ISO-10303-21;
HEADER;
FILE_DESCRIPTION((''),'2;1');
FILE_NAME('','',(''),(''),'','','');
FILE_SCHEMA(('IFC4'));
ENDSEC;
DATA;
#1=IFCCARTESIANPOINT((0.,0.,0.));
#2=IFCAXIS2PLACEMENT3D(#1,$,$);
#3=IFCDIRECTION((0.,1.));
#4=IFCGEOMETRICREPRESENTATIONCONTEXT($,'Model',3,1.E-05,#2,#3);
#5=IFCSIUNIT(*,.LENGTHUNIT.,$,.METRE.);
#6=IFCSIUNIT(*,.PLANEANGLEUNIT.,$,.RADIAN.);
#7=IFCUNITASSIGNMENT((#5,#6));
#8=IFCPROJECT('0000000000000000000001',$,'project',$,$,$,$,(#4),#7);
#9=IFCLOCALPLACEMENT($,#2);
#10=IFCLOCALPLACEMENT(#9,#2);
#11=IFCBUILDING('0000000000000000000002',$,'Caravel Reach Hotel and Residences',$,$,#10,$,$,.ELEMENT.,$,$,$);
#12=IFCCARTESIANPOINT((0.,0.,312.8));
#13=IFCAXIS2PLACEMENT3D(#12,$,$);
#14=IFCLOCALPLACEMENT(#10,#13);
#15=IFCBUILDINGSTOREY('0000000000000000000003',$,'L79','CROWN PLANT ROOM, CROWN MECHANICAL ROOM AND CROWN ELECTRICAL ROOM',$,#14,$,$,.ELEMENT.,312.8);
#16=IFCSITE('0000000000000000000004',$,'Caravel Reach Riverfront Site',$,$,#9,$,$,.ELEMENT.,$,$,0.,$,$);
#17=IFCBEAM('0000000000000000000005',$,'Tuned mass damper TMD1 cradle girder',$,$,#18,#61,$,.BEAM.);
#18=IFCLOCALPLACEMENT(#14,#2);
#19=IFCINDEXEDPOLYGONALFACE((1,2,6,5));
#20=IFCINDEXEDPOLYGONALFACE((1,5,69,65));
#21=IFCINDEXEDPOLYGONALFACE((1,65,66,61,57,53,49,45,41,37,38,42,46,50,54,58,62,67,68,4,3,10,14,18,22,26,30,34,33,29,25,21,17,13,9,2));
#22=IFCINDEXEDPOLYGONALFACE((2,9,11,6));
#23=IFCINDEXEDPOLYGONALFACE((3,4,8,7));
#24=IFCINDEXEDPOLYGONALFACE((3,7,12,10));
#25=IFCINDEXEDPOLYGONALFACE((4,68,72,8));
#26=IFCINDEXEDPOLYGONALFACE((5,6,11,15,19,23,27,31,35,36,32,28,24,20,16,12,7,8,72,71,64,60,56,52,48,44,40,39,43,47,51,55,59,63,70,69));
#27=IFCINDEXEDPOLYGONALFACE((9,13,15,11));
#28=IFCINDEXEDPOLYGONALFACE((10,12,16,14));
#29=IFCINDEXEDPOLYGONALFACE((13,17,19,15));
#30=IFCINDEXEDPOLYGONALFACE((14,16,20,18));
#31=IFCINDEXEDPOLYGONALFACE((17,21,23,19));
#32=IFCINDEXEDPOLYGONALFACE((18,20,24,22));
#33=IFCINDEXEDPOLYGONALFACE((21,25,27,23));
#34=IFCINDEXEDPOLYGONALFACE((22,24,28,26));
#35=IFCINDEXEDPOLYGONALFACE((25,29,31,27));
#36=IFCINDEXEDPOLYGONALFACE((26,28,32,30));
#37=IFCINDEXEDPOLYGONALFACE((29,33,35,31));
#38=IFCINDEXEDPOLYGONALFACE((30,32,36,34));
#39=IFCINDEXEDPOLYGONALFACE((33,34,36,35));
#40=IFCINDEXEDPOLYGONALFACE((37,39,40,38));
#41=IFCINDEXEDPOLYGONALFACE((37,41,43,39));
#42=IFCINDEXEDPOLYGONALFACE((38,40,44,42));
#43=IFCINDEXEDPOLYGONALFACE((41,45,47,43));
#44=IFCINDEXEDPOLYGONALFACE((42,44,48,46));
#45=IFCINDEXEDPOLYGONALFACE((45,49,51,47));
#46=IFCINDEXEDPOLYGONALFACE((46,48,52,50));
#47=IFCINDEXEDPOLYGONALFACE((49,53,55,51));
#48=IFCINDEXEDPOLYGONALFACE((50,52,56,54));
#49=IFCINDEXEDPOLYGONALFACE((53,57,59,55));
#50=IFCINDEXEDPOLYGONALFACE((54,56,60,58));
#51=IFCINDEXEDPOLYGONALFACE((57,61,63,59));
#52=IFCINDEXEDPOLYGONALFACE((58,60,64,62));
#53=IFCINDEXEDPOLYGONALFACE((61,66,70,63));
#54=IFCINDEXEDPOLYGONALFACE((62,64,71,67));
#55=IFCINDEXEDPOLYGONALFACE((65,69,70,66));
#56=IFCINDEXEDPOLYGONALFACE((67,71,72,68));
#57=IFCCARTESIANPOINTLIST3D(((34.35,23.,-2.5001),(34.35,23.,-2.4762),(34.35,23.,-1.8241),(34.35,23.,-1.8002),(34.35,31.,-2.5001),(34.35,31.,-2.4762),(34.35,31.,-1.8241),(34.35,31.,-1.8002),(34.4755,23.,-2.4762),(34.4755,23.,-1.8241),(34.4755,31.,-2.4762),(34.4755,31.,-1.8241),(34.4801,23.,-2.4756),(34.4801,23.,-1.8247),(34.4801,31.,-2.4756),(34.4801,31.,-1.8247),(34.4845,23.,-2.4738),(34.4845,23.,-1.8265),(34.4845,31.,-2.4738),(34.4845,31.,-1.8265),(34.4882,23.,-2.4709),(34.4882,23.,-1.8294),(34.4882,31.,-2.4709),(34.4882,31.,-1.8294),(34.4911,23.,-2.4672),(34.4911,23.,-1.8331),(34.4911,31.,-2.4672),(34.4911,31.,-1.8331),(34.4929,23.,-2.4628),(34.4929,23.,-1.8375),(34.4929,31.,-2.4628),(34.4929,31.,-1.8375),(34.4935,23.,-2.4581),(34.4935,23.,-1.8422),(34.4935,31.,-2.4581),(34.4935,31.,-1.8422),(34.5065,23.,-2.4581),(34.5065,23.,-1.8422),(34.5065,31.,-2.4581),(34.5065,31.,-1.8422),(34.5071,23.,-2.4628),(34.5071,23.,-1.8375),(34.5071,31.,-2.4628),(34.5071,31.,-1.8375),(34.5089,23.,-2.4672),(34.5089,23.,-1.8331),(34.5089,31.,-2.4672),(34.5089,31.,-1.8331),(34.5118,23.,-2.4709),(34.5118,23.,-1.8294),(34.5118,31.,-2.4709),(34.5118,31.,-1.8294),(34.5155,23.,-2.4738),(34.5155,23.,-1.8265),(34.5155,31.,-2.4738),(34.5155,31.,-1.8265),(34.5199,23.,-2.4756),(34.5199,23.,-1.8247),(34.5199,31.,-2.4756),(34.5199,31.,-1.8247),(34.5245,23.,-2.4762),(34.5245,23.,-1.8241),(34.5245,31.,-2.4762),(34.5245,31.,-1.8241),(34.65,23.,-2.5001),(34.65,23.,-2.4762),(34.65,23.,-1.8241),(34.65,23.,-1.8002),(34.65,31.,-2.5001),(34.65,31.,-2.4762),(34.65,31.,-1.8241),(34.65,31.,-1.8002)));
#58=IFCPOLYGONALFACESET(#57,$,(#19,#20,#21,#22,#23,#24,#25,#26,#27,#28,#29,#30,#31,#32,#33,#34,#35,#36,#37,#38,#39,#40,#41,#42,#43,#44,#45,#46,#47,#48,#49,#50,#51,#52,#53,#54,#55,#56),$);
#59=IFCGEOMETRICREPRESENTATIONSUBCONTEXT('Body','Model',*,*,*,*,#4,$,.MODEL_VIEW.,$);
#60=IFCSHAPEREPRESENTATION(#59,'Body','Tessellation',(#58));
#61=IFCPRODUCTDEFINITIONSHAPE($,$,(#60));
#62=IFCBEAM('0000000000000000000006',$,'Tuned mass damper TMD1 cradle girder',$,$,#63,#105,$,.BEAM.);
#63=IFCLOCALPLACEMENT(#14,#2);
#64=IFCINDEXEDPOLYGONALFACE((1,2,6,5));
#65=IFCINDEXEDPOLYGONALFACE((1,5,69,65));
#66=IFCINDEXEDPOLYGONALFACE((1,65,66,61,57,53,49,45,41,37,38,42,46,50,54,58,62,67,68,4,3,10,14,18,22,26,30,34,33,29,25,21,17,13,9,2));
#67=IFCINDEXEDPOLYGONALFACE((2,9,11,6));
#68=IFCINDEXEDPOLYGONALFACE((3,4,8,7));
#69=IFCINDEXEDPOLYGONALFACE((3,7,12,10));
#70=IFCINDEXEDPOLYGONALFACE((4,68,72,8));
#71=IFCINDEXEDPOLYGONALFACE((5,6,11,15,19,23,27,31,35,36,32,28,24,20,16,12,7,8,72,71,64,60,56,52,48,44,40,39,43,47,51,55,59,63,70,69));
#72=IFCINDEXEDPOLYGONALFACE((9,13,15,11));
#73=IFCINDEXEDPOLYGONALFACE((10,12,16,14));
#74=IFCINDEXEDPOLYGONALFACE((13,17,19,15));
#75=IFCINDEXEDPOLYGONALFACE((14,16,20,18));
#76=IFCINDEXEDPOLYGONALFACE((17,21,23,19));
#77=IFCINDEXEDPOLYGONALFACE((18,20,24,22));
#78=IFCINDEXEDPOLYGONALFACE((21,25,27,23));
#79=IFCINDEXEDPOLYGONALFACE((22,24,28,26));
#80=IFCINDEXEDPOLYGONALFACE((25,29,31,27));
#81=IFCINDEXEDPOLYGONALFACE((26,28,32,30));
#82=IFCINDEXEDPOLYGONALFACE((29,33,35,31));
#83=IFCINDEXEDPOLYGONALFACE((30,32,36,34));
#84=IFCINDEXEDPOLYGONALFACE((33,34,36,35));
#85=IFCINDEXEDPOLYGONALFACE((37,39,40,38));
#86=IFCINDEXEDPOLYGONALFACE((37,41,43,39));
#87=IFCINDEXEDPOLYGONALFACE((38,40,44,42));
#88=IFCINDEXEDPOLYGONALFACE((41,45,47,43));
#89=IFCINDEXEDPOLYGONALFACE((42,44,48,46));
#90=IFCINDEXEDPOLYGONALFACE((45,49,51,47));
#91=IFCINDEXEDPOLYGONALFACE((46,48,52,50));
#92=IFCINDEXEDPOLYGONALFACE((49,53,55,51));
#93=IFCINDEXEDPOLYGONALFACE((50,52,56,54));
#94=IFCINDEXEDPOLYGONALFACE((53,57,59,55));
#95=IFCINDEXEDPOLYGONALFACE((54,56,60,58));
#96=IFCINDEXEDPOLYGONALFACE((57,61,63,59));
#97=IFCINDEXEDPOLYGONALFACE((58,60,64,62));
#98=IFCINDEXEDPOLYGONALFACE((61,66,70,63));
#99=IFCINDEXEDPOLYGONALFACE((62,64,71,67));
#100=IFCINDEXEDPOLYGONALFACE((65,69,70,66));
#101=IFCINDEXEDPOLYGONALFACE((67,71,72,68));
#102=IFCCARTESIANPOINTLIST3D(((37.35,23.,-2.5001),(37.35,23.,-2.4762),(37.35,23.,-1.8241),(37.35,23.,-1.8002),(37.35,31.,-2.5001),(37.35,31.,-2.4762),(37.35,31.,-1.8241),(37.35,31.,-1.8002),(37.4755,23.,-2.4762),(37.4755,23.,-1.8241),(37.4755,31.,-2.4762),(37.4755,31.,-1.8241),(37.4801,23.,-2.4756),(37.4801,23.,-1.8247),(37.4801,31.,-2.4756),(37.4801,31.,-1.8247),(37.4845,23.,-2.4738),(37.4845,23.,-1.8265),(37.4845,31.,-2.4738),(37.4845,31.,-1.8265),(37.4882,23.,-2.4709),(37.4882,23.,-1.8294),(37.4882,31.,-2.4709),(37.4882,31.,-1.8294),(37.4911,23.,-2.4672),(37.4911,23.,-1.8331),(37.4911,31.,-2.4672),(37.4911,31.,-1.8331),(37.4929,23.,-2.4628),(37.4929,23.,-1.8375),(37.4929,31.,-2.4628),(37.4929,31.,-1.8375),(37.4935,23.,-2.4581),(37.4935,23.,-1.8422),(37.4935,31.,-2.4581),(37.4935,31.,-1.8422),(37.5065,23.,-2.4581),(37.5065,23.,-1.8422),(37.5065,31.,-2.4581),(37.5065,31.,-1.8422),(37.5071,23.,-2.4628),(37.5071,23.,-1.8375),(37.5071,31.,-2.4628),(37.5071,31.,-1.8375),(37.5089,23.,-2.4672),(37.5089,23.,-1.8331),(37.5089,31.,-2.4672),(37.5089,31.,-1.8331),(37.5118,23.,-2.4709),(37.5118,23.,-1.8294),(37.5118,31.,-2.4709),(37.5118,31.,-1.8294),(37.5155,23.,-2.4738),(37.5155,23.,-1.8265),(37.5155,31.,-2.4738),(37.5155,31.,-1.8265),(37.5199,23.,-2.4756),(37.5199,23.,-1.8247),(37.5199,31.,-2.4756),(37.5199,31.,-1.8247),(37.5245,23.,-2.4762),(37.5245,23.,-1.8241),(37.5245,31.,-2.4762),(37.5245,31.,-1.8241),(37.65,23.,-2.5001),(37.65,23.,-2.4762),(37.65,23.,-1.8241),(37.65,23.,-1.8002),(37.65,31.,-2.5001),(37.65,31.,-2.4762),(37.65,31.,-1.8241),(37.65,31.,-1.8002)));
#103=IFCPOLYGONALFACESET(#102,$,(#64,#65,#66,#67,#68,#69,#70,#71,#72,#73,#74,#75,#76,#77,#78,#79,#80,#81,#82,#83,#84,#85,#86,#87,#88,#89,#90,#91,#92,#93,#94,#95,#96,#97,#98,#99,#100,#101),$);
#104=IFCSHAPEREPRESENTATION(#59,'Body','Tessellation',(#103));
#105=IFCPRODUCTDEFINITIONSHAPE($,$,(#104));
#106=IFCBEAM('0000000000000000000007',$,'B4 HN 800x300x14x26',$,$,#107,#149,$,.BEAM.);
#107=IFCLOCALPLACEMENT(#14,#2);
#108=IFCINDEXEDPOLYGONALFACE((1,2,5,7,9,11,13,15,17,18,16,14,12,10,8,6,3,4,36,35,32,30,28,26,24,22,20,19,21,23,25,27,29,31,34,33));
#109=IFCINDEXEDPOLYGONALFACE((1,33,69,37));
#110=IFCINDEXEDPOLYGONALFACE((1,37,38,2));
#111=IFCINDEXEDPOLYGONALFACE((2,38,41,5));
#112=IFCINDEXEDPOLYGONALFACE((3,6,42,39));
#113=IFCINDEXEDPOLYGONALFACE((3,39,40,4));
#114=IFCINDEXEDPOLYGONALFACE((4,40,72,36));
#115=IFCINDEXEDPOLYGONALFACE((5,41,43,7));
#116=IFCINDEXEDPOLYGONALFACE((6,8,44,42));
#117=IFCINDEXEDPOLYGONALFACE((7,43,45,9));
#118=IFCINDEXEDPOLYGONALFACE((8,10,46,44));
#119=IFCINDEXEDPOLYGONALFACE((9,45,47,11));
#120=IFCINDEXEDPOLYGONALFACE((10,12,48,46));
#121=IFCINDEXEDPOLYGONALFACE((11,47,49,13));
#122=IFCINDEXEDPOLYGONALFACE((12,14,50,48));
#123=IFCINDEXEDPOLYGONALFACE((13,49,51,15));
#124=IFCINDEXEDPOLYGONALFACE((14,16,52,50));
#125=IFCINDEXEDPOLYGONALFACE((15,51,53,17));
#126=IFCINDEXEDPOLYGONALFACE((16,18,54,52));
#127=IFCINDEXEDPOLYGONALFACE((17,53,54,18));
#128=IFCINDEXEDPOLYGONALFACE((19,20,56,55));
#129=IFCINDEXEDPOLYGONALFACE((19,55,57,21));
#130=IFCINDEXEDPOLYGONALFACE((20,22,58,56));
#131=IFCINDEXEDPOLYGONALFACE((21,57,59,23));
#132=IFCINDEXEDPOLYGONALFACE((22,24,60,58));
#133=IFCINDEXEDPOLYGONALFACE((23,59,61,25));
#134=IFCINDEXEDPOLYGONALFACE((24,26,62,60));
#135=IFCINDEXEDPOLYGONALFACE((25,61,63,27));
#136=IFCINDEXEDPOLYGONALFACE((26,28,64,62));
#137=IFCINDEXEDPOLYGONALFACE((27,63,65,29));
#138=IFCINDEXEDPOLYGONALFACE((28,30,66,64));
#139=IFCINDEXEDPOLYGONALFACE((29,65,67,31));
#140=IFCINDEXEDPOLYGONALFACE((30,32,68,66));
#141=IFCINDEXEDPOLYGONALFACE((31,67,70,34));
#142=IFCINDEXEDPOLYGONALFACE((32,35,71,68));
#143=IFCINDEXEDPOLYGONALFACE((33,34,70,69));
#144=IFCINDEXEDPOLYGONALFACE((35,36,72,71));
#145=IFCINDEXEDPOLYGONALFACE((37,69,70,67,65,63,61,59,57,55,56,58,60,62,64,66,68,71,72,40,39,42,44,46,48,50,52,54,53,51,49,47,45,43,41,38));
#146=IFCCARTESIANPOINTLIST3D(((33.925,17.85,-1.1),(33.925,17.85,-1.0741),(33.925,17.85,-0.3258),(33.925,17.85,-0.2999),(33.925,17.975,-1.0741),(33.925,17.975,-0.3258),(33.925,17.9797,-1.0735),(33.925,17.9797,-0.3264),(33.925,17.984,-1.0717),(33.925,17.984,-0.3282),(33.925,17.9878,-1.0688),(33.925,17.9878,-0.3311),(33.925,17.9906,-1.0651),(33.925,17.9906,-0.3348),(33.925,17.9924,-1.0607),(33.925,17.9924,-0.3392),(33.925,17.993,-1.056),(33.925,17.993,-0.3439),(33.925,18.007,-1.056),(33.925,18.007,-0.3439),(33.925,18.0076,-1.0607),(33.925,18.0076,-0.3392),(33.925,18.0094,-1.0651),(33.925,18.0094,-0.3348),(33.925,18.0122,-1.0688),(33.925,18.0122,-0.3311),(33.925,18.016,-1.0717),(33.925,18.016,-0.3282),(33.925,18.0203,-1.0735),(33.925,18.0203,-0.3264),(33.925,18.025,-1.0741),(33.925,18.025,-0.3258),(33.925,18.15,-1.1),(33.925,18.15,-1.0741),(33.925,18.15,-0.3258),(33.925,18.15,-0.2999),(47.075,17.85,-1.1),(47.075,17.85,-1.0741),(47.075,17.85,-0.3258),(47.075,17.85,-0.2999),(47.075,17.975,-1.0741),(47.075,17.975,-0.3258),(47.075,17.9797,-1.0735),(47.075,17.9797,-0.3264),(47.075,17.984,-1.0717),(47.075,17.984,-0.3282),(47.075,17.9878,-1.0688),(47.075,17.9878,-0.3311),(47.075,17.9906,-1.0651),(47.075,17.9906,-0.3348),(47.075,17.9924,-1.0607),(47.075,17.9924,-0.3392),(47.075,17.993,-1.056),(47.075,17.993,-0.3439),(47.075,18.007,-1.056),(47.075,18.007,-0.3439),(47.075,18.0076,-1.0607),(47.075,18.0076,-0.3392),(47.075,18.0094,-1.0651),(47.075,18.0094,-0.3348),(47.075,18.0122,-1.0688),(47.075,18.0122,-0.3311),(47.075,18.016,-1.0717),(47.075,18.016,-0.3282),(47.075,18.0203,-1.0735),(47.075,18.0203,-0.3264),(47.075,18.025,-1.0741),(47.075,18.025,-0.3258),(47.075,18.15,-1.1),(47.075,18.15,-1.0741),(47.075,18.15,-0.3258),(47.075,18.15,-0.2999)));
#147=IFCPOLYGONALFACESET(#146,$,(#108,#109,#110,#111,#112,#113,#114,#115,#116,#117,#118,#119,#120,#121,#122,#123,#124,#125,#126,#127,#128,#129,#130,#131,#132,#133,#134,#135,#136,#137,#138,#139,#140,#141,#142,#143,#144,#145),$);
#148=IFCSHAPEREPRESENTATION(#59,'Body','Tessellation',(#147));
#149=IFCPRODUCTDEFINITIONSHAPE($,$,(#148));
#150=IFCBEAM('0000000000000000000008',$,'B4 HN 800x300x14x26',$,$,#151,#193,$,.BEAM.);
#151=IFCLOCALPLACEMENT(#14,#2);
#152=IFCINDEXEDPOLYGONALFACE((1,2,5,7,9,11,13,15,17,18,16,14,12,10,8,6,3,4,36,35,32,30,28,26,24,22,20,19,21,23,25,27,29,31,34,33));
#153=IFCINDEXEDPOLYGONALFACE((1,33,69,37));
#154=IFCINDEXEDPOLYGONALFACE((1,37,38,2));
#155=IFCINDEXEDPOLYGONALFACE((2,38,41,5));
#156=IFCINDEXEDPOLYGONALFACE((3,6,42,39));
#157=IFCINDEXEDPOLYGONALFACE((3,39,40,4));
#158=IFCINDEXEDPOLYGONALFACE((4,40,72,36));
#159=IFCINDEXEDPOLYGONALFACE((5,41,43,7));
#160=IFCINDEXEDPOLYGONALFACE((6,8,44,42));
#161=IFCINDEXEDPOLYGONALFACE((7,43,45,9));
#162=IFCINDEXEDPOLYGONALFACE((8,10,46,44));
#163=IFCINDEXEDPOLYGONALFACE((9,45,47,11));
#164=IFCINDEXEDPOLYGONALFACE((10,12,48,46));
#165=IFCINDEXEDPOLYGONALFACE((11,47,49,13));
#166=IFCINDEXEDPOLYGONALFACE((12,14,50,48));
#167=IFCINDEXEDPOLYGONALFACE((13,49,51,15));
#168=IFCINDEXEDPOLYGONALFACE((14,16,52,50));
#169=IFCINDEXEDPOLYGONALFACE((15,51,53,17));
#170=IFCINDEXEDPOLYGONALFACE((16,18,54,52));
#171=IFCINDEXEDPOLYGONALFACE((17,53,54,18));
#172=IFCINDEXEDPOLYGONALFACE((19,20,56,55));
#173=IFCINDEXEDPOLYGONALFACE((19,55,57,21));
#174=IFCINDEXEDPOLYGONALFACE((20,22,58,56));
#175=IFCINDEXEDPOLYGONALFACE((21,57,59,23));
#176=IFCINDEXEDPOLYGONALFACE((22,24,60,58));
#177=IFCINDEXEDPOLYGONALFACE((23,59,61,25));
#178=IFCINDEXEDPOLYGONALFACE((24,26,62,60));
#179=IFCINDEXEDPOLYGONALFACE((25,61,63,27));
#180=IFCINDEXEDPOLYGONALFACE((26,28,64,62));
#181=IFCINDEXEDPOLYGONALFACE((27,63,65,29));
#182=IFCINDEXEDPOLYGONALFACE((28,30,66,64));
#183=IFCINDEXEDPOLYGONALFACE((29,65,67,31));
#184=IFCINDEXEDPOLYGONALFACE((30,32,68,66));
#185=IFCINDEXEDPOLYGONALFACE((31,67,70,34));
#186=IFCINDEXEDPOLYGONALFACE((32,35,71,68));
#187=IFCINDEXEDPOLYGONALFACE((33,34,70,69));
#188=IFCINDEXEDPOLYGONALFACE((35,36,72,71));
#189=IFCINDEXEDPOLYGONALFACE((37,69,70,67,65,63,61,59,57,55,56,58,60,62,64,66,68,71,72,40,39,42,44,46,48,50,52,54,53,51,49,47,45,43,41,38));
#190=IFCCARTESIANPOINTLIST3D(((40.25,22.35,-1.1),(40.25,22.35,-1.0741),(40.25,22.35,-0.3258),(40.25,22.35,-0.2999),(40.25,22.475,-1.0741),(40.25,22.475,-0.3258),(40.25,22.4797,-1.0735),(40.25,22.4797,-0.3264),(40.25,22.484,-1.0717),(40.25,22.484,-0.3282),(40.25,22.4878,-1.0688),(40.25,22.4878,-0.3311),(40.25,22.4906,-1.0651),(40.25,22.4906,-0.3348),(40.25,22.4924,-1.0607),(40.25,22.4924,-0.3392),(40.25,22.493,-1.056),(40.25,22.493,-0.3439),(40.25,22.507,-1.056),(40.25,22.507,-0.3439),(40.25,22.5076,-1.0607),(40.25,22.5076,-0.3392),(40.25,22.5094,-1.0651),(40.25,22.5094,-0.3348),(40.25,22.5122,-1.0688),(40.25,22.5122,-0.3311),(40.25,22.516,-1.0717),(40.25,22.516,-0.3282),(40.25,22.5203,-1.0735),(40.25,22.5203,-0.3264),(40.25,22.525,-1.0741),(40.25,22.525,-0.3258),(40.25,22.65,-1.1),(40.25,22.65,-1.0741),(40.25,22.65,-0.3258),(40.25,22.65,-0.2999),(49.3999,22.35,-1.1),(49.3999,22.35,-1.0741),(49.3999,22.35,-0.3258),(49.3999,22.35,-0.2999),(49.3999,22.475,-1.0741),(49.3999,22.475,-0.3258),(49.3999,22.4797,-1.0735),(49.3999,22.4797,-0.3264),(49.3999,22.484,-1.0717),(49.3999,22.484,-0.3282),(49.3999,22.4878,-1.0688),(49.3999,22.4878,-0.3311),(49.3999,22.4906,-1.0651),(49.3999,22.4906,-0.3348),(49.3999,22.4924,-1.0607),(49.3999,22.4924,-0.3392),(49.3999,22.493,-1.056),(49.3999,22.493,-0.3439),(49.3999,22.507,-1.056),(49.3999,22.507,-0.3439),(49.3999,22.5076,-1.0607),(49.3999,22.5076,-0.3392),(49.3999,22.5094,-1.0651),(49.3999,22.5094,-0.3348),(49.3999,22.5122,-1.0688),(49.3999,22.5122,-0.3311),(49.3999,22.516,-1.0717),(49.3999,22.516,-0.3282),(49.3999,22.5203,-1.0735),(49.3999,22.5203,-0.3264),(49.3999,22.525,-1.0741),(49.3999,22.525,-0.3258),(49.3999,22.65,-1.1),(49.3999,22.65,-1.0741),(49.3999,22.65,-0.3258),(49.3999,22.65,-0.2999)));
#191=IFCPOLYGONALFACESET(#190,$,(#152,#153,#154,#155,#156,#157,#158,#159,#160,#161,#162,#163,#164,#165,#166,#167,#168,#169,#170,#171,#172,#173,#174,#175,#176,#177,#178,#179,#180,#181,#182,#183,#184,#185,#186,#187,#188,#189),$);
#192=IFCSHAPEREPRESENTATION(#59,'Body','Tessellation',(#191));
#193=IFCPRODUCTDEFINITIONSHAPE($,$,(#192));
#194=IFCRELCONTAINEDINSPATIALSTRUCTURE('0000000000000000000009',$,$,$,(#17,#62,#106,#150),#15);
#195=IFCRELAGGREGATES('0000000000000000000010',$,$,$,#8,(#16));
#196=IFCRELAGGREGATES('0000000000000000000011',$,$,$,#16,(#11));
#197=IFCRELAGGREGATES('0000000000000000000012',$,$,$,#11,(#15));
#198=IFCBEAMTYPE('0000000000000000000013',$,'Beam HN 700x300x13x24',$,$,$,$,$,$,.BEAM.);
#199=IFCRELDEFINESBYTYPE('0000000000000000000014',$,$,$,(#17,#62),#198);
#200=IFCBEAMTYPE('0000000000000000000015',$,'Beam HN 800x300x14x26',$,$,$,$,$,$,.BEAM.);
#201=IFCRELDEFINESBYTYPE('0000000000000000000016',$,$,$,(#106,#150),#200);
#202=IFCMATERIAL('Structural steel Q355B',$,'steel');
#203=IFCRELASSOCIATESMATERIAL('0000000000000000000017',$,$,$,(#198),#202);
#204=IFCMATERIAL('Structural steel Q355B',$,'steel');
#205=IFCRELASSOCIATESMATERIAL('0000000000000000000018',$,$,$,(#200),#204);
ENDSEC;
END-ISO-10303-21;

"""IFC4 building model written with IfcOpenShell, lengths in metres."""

from ifc_helpers import new_model, si_unit, direction, frame, origin, origin_2d, place, context, subcontext, project, spatial, i_section, extrude, material, material_profile, profile_set, type_object, element, save


model = new_model("IFC4")

# Units and contexts
model_context = context("Model", 3, precision=1e-05, world=origin(), true_north=direction((0.0, 1.0)))
body_context = subcontext(model_context, "Body", "Model", "MODEL_VIEW")
ifc_project = project(units=[si_unit("LENGTHUNIT", "METRE"), si_unit("PLANEANGLEUNIT", "RADIAN")], contexts=[model_context])

# Site, building, storey
site_placement = place(None, origin())
site = spatial("IfcSite", under=ifc_project, at=site_placement, Name="Caravel Reach Riverfront Site", CompositionType="ELEMENT", RefElevation=0.0)
building_placement = place(site_placement, origin())
building = spatial("IfcBuilding", under=site, at=building_placement, Name="Caravel Reach Hotel and Residences", CompositionType="ELEMENT")
storey_placement = place(building_placement, frame((0.0, 0.0, 312.8)))
storey = spatial("IfcBuildingStorey", under=building, at=storey_placement, Name="L79", Description="CROWN PLANT ROOM, CROWN MECHANICAL ROOM AND CROWN ELECTRICAL ROOM", CompositionType="ELEMENT", Elevation=312.8)

# Beams
ifc_material_1 = material(Name="Structural steel Q355B", Category="steel")
ifc_material_profile_1 = material_profile(ifc_material_1, i_section(OverallWidth=0.3, OverallDepth=0.7, WebThickness=0.0129, FlangeThickness=0.0239, FilletRadius=0.0181, at=origin_2d()), Name="HN 700x300x13x24")
ifc_profile_set_1 = profile_set([ifc_material_profile_1], Name="Structural steel Q355B")
beam_type_1 = type_object("IfcBeamType", Name="Beam HN 700x300x13x24", PredefinedType="BEAM", material=ifc_profile_set_1)
for number, where, z_axis, x_axis, name in (
    (1, (34.5, 23.0, -2.1501), (0.0, 1.0, 0.0), (-1.0, 0.0, 0.0), "Tuned mass damper TMD1 cradle girder"),
    (2, (37.5, 23.0, -2.1501), (0.0, 1.0, 0.0), (-1.0, 0.0, 0.0), "Tuned mass damper TMD1 cradle girder"),
):
    element("IfcBeam", number, at=place(storey_placement, frame(where, z_axis=z_axis, x_axis=x_axis)), inside=storey, type_object=beam_type_1, Name=name, PredefinedType="BEAM", context=body_context, shape_type="SweptSolid", body=[
        extrude(i_section(OverallWidth=0.3, OverallDepth=0.7, WebThickness=0.0129, FlangeThickness=0.0239, FilletRadius=0.0181, at=origin_2d()), origin(), (0.0, 0.0, 1.0), 8.0),
    ])
ifc_material_2 = material(Name="Structural steel Q355B", Category="steel")
ifc_material_profile_2 = material_profile(ifc_material_2, i_section(OverallWidth=0.3, OverallDepth=0.8, WebThickness=0.0139, FlangeThickness=0.0259, FilletRadius=0.0181, at=origin_2d()), Name="HN 800x300x14x26")
ifc_profile_set_2 = profile_set([ifc_material_profile_2], Name="Structural steel Q355B")
beam_type_2 = type_object("IfcBeamType", Name="Beam HN 800x300x14x26", PredefinedType="BEAM", material=ifc_profile_set_2)
beam_1_placement = place(storey_placement, frame((33.925, 18.0, -0.7), z_axis=(1.0, 0.0, 0.0), x_axis=(0.0, 1.0, 0.0)))
element("IfcBeam", 3, at=beam_1_placement, inside=storey, type_object=beam_type_2, Name="B4 HN 800x300x14x26", PredefinedType="BEAM", context=body_context, shape_type="SweptSolid", body=[
    extrude(i_section(OverallWidth=0.3, OverallDepth=0.8, WebThickness=0.0139, FlangeThickness=0.0259, FilletRadius=0.0181, at=origin_2d()), origin(), (0.0, 0.0, 1.0), 13.1499),
])
beam_2_placement = place(storey_placement, frame((40.25, 22.5, -0.7), z_axis=(1.0, 0.0, 0.0), x_axis=(0.0, 1.0, 0.0)))
element("IfcBeam", 4, at=beam_2_placement, inside=storey, type_object=beam_type_2, Name="B4 HN 800x300x14x26", PredefinedType="BEAM", context=body_context, shape_type="SweptSolid", body=[
    extrude(i_section(OverallWidth=0.3, OverallDepth=0.8, WebThickness=0.0139, FlangeThickness=0.0259, FilletRadius=0.0181, at=origin_2d()), origin(), (0.0, 0.0, 1.0), 9.1499),
])

save(model, "model.ifc")
